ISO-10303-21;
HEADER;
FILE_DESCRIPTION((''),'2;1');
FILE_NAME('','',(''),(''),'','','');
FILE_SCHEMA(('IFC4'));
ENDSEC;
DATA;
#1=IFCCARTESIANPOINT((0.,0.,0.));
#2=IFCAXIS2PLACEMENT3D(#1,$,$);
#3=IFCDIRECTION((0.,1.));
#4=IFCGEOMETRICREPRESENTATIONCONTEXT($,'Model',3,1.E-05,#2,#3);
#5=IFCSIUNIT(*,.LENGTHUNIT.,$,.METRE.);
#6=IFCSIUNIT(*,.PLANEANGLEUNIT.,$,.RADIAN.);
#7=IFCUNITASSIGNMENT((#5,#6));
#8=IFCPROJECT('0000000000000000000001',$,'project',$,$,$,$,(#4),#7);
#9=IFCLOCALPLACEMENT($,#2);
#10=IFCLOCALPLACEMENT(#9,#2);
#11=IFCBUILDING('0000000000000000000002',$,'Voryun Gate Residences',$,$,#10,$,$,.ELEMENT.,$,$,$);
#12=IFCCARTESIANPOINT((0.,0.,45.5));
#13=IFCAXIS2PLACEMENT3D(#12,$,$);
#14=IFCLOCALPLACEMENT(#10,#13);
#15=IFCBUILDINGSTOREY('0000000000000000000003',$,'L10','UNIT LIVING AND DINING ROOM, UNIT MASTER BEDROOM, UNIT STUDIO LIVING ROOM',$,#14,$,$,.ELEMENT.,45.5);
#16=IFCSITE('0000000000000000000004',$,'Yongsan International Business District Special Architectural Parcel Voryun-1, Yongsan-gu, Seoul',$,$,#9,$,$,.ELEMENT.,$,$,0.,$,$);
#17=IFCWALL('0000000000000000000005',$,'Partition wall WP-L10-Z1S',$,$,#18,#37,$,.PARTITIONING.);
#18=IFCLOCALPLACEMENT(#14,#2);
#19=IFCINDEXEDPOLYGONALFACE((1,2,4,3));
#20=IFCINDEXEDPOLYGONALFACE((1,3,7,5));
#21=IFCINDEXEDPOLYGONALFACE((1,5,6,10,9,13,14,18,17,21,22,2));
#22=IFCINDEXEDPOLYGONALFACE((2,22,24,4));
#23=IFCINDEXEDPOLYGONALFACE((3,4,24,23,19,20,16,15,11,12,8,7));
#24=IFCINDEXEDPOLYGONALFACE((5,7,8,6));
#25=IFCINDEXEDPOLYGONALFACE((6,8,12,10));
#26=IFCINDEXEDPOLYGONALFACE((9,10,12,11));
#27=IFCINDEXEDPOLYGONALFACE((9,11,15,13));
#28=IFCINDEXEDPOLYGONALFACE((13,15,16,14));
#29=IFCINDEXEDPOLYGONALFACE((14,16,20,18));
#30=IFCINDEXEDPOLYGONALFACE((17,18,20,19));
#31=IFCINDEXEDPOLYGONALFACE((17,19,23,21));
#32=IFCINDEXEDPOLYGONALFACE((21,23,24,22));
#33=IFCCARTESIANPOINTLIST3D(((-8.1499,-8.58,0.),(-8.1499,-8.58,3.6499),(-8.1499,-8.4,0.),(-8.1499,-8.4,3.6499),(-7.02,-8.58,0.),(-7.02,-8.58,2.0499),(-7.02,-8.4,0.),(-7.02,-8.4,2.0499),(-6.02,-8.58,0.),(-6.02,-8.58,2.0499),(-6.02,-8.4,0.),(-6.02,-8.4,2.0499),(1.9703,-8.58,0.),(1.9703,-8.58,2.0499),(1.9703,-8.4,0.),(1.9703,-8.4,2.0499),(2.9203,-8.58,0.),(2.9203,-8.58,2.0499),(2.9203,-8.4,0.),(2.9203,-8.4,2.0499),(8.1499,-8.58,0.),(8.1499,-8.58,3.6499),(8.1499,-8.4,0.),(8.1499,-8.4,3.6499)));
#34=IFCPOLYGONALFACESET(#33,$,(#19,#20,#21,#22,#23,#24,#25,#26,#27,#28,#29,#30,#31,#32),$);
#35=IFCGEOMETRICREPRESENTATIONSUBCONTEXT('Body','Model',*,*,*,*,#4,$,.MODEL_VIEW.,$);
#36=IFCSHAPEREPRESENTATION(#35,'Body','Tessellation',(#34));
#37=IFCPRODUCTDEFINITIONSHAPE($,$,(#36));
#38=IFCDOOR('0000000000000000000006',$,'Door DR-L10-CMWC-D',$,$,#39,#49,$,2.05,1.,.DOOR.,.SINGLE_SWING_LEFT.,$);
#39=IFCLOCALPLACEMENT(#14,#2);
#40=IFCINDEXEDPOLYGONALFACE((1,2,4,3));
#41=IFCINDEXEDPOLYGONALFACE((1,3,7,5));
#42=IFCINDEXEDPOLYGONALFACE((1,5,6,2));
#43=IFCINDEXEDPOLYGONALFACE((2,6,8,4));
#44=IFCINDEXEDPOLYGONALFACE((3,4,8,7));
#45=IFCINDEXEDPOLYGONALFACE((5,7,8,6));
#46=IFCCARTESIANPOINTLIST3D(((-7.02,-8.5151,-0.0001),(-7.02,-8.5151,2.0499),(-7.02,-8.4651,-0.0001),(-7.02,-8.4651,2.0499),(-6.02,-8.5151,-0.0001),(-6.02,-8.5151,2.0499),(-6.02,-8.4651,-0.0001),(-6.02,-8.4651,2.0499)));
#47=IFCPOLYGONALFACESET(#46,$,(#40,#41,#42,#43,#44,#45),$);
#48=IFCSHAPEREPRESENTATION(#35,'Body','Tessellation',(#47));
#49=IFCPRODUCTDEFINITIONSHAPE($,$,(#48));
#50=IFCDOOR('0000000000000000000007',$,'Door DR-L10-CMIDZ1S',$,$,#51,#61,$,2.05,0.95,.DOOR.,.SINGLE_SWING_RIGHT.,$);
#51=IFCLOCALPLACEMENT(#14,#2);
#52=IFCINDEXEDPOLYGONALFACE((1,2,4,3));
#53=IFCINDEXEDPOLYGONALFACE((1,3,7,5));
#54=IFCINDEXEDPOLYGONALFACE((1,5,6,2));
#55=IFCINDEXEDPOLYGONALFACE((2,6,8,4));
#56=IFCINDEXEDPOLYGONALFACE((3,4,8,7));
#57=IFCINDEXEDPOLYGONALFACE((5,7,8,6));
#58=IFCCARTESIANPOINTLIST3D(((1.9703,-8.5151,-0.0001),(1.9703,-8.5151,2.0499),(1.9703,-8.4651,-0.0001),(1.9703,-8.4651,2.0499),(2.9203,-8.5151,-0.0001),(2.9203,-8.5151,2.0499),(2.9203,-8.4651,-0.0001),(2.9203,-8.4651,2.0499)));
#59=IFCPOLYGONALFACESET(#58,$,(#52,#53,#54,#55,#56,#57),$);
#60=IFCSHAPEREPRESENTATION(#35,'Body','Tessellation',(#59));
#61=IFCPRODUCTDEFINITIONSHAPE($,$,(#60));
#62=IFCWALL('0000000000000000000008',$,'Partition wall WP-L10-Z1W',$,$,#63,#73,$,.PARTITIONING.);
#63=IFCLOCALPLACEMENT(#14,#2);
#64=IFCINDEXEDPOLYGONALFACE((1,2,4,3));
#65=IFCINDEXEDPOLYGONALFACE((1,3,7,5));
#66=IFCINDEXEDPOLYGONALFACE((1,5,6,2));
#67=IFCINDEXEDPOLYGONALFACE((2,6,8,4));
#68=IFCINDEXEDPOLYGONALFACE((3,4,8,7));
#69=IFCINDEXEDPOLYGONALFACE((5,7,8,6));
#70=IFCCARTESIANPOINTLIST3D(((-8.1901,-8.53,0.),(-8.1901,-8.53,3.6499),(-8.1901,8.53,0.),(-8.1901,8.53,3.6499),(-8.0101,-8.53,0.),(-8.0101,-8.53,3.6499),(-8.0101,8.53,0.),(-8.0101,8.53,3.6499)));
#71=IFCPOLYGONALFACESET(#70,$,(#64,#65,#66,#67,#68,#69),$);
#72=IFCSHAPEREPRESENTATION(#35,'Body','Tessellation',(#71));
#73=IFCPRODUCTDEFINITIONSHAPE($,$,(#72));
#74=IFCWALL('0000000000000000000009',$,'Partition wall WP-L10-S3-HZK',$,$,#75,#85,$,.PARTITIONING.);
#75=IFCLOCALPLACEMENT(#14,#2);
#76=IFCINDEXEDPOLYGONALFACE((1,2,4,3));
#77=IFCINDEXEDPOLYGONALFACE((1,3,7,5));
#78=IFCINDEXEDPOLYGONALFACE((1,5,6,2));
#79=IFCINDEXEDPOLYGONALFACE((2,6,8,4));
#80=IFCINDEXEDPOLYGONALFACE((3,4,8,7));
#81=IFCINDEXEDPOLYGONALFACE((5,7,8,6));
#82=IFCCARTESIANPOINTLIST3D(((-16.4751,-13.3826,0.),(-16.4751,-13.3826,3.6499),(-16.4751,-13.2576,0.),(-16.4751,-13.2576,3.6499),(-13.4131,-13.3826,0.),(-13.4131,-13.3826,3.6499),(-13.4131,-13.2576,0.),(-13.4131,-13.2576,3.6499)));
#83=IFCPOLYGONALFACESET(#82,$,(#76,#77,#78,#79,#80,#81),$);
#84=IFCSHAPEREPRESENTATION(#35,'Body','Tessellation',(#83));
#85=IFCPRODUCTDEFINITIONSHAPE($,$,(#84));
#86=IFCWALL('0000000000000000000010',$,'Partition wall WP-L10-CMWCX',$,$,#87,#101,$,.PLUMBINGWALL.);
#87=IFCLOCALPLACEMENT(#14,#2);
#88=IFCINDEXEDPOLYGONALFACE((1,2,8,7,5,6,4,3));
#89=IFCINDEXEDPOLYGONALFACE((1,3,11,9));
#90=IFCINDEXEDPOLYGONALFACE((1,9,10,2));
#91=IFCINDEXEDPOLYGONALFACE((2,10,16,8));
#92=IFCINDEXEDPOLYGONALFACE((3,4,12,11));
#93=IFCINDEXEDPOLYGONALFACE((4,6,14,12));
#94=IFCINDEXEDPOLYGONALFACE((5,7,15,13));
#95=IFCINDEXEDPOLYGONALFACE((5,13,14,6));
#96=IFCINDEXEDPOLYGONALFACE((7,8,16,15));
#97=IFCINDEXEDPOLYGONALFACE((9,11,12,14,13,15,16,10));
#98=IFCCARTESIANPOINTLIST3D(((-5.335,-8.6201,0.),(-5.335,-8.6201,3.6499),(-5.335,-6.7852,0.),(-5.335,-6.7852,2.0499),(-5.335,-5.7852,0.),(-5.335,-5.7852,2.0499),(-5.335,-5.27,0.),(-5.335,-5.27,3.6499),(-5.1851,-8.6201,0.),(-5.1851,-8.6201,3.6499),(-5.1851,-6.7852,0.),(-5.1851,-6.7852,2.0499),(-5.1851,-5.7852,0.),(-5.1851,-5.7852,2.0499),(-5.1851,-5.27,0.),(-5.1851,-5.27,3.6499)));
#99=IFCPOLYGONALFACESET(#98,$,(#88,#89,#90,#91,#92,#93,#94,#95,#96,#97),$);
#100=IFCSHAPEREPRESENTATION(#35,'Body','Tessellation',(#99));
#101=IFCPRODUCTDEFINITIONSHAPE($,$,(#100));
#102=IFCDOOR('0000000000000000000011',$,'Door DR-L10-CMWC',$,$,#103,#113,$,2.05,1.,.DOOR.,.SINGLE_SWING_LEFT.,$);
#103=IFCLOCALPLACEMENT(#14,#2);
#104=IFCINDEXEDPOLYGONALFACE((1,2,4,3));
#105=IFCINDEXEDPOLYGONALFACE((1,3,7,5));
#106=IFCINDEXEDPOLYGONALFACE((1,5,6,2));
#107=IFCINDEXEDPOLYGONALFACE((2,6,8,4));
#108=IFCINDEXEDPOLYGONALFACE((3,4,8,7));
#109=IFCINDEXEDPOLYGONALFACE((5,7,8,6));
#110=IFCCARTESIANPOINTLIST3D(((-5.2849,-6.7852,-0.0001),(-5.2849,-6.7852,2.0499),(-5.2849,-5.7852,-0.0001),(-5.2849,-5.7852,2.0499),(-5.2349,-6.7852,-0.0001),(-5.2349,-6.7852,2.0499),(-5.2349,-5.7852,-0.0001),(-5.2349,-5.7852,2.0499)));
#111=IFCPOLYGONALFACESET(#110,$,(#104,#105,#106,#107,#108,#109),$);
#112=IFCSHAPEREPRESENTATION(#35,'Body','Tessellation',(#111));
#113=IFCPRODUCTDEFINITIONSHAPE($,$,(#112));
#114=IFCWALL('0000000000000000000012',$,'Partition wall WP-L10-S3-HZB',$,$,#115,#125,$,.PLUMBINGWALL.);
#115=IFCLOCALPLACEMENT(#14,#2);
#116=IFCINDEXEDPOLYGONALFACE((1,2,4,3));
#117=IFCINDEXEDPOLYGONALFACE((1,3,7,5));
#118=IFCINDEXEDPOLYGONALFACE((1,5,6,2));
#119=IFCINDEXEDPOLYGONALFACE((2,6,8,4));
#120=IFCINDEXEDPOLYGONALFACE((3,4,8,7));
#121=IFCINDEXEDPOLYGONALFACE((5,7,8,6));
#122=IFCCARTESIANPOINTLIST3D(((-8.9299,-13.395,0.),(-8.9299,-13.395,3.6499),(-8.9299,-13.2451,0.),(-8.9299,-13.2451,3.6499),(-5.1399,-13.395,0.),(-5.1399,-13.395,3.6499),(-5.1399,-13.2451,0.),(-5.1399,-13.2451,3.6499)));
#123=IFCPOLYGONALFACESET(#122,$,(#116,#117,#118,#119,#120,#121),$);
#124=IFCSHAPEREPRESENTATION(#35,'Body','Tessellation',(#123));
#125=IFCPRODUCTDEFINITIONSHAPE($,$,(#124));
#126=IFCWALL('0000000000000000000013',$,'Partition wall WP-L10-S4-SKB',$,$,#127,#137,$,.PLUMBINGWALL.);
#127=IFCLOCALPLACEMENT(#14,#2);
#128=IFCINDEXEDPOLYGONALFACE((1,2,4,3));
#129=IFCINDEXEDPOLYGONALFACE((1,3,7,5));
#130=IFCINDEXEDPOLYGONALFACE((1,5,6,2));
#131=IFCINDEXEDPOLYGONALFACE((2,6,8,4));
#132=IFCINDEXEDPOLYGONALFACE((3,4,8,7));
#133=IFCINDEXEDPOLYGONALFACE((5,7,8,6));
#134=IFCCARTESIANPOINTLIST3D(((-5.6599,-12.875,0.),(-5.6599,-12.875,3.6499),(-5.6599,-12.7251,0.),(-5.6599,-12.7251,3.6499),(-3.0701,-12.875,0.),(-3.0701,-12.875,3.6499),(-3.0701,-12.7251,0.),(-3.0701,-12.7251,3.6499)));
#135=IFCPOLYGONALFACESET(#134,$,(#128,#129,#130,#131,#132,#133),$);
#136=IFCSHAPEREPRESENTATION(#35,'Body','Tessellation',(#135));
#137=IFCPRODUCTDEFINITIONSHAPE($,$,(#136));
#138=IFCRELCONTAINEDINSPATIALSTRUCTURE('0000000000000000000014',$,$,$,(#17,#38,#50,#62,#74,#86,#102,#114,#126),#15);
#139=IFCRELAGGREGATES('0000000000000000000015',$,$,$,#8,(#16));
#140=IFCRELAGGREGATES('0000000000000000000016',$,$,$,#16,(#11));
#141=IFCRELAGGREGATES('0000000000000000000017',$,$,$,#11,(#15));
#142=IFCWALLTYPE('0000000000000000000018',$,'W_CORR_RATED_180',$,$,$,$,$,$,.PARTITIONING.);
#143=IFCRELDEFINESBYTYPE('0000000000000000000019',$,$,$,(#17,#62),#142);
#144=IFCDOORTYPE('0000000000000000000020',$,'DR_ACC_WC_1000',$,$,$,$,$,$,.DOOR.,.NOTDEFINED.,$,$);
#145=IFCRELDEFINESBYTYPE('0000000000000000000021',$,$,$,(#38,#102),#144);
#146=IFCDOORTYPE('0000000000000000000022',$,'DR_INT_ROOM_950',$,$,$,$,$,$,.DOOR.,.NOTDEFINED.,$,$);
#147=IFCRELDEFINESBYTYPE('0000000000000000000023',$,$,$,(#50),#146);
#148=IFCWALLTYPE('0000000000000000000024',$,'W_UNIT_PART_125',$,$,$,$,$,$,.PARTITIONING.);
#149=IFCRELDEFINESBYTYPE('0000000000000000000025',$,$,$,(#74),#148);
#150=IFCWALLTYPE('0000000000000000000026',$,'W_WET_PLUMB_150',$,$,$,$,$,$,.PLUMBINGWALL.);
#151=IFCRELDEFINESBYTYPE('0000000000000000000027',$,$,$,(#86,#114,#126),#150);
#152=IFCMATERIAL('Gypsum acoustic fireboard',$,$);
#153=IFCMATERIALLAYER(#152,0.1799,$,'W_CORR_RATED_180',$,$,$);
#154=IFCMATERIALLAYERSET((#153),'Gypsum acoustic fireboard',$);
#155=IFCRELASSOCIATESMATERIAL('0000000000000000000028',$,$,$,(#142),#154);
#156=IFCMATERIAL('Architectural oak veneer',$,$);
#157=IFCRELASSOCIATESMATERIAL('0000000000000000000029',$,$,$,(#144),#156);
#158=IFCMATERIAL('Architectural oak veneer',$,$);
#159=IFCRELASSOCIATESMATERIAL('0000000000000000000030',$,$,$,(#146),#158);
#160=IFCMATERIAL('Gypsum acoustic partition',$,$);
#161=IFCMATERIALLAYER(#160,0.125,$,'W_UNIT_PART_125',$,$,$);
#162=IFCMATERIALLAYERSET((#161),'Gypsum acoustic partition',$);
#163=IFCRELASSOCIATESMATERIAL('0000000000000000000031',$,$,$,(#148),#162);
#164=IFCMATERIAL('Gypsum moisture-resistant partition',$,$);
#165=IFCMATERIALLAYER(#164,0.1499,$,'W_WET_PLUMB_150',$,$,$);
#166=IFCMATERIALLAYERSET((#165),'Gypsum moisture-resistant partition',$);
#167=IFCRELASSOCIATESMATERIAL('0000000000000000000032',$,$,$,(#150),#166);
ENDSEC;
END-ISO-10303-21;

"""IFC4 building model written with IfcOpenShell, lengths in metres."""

from ifc_helpers import new_model, si_unit, direction, frame, frame_2d, origin, place, context, subcontext, project, spatial, rectangle, extrude, material, layer, layer_set, type_object, element, fill, save


model = new_model("IFC4")

# Units and contexts
model_context = context("Model", 3, precision=1e-05, world=origin(), true_north=direction((0.0, 1.0)))
body_context = subcontext(model_context, "Body", "Model", "MODEL_VIEW")
ifc_project = project(units=[si_unit("LENGTHUNIT", "METRE"), si_unit("PLANEANGLEUNIT", "RADIAN")], contexts=[model_context])

# Site, building, storey
site_placement = place(None, origin())
site = spatial("IfcSite", under=ifc_project, at=site_placement, Name="Yongsan International Business District Special Architectural Parcel Voryun-1, Yongsan-gu, Seoul", CompositionType="ELEMENT", RefElevation=0.0)
building_placement = place(site_placement, origin())
building = spatial("IfcBuilding", under=site, at=building_placement, Name="Voryun Gate Residences", CompositionType="ELEMENT")
storey_placement = place(building_placement, frame((0.0, 0.0, 45.5)))
storey = spatial("IfcBuildingStorey", under=building, at=storey_placement, Name="L10", Description="UNIT LIVING AND DINING ROOM, UNIT MASTER BEDROOM, UNIT STUDIO LIVING ROOM", CompositionType="ELEMENT", Elevation=45.5)

# Shared definitions
ifc_material_1 = material(Name="Gypsum acoustic fireboard")
ifc_layer_1 = layer(ifc_material_1, 0.1799, Name="W_CORR_RATED_180")
ifc_layer_set_1 = layer_set([ifc_layer_1], Name="Gypsum acoustic fireboard")
wall_type_1 = type_object("IfcWallType", Name="W_CORR_RATED_180", PredefinedType="PARTITIONING", material=ifc_layer_set_1)

# Wall, openings, doors
wall_1_placement = place(storey_placement, frame((-8.1499, -8.49, 0.0), z_axis=(0.0, 0.0, 1.0), x_axis=(1.0, 0.0, 0.0)))
wall_1 = element("IfcWall", 1, at=wall_1_placement, inside=storey, type_object=wall_type_1, Name="Partition wall WP-L10-Z1S", PredefinedType="PARTITIONING", context=body_context, shape_type="SweptSolid", body=[
    extrude(rectangle(XDim=16.2998, YDim=0.1799, at=frame_2d((8.1499, 0.0))), origin(), (0.0, 0.0, 1.0), 3.6499),
])
opening_1_placement = place(wall_1_placement, frame((1.1299, 0.0, 0.0)))
opening_1 = element("IfcOpeningElement", 2, at=opening_1_placement, cuts=wall_1, PredefinedType="OPENING", context=body_context, shape_type="SweptSolid", body=[
    extrude(rectangle(XDim=1.0, YDim=2.05, at=frame_2d((0.5, 1.0249))), frame((0.0, 0.0999, 0.0), z_axis=(0.0, -1.0, 0.0), x_axis=(1.0, 0.0, 0.0)), (0.0, 0.0, 1.0), 0.2),
])
opening_2_placement = place(wall_1_placement, frame((10.1201, 0.0, 0.0)))
opening_2 = element("IfcOpeningElement", 3, at=opening_2_placement, cuts=wall_1, PredefinedType="OPENING", context=body_context, shape_type="SweptSolid", body=[
    extrude(rectangle(XDim=0.95, YDim=2.05, at=frame_2d((0.4751, 1.0249))), frame((0.0, 0.0999, 0.0), z_axis=(0.0, -1.0, 0.0), x_axis=(1.0, 0.0, 0.0)), (0.0, 0.0, 1.0), 0.2),
])
ifc_material_2 = material(Name="Architectural oak veneer")
door_type_1 = type_object("IfcDoorType", Name="DR_ACC_WC_1000", OperationType="NOTDEFINED", PredefinedType="DOOR", material=ifc_material_2)
door_1_placement = place(opening_1_placement, origin())
door_1 = element("IfcDoor", 4, at=door_1_placement, inside=storey, type_object=door_type_1, Name="Door DR-L10-CMWC-D", OperationType="SINGLE_SWING_LEFT", OverallHeight=2.05, OverallWidth=1.0, PredefinedType="DOOR", context=body_context, shape_type="SweptSolid", body=[
    extrude(rectangle(XDim=1.0, YDim=2.05, at=frame_2d((0.5, 1.0249))), frame((0.0, 0.0249, 0.0), z_axis=(0.0, -1.0, 0.0), x_axis=(1.0, 0.0, 0.0)), (0.0, 0.0, 1.0), 0.05),
])
fill(opening_1, door_1)
ifc_material_3 = material(Name="Architectural oak veneer")
door_type_2 = type_object("IfcDoorType", Name="DR_INT_ROOM_950", OperationType="NOTDEFINED", PredefinedType="DOOR", material=ifc_material_3)
door_2_placement = place(opening_2_placement, origin())
door_2 = element("IfcDoor", 5, at=door_2_placement, inside=storey, type_object=door_type_2, Name="Door DR-L10-CMIDZ1S", OperationType="SINGLE_SWING_RIGHT", OverallHeight=2.05, OverallWidth=0.95, PredefinedType="DOOR", context=body_context, shape_type="SweptSolid", body=[
    extrude(rectangle(XDim=0.95, YDim=2.05, at=frame_2d((0.4751, 1.0249))), frame((0.0, 0.0249, 0.0), z_axis=(0.0, -1.0, 0.0), x_axis=(1.0, 0.0, 0.0)), (0.0, 0.0, 1.0), 0.05),
])
fill(opening_2, door_2)

# Walls
wall_2_placement = place(storey_placement, frame((-8.1001, -8.53, 0.0), z_axis=(0.0, 0.0, 1.0), x_axis=(0.0, 1.0, 0.0)))
element("IfcWall", 6, at=wall_2_placement, inside=storey, type_object=wall_type_1, Name="Partition wall WP-L10-Z1W", PredefinedType="PARTITIONING", context=body_context, shape_type="SweptSolid", body=[
    extrude(rectangle(XDim=17.0601, YDim=0.1799, at=frame_2d((8.53, 0.0))), origin(), (0.0, 0.0, 1.0), 3.6499),
])
ifc_material_4 = material(Name="Gypsum acoustic partition")
ifc_layer_2 = layer(ifc_material_4, 0.125, Name="W_UNIT_PART_125")
ifc_layer_set_2 = layer_set([ifc_layer_2], Name="Gypsum acoustic partition")
wall_type_2 = type_object("IfcWallType", Name="W_UNIT_PART_125", PredefinedType="PARTITIONING", material=ifc_layer_set_2)
wall_3_placement = place(storey_placement, frame((-16.4751, -13.3201, 0.0), z_axis=(0.0, 0.0, 1.0), x_axis=(1.0, 0.0, 0.0)))
element("IfcWall", 7, at=wall_3_placement, inside=storey, type_object=wall_type_2, Name="Partition wall WP-L10-S3-HZK", PredefinedType="PARTITIONING", context=body_context, shape_type="SweptSolid", body=[
    extrude(rectangle(XDim=3.062, YDim=0.125, at=frame_2d((1.531, 0.0))), origin(), (0.0, 0.0, 1.0), 3.6499),
])

# Wall, opening, door
ifc_material_5 = material(Name="Gypsum moisture-resistant partition")
ifc_layer_3 = layer(ifc_material_5, 0.1499, Name="W_WET_PLUMB_150")
ifc_layer_set_3 = layer_set([ifc_layer_3], Name="Gypsum moisture-resistant partition")
wall_type_3 = type_object("IfcWallType", Name="W_WET_PLUMB_150", PredefinedType="PLUMBINGWALL", material=ifc_layer_set_3)
wall_4_placement = place(storey_placement, frame((-5.26, -8.6201, 0.0), z_axis=(0.0, 0.0, 1.0), x_axis=(0.0, 1.0, 0.0)))
wall_4 = element("IfcWall", 8, at=wall_4_placement, inside=storey, type_object=wall_type_3, Name="Partition wall WP-L10-CMWCX", PredefinedType="PLUMBINGWALL", context=body_context, shape_type="SweptSolid", body=[
    extrude(rectangle(XDim=3.3501, YDim=0.1499, at=frame_2d((1.675, 0.0))), origin(), (0.0, 0.0, 1.0), 3.6499),
])
opening_3_placement = place(wall_4_placement, frame((1.835, 0.0, 0.0)))
opening_3 = element("IfcOpeningElement", 9, at=opening_3_placement, cuts=wall_4, PredefinedType="OPENING", context=body_context, shape_type="SweptSolid", body=[
    extrude(rectangle(XDim=1.0, YDim=2.05, at=frame_2d((0.5, 1.0249))), frame((0.0, 0.085, 0.0), z_axis=(0.0, -1.0, 0.0), x_axis=(1.0, 0.0, 0.0)), (0.0, 0.0, 1.0), 0.1699),
])
door_3_placement = place(opening_3_placement, origin())
door_3 = element("IfcDoor", 10, at=door_3_placement, inside=storey, type_object=door_type_1, Name="Door DR-L10-CMWC", OperationType="SINGLE_SWING_LEFT", OverallHeight=2.05, OverallWidth=1.0, PredefinedType="DOOR", context=body_context, shape_type="SweptSolid", body=[
    extrude(rectangle(XDim=1.0, YDim=2.05, at=frame_2d((0.5, 1.0249))), frame((0.0, 0.0249, 0.0), z_axis=(0.0, -1.0, 0.0), x_axis=(1.0, 0.0, 0.0)), (0.0, 0.0, 1.0), 0.05),
])
fill(opening_3, door_3)

# Walls
wall_5_placement = place(storey_placement, frame((-8.9299, -13.3201, 0.0), z_axis=(0.0, 0.0, 1.0), x_axis=(1.0, 0.0, 0.0)))
element("IfcWall", 11, at=wall_5_placement, inside=storey, type_object=wall_type_3, Name="Partition wall WP-L10-S3-HZB", PredefinedType="PLUMBINGWALL", context=body_context, shape_type="SweptSolid", body=[
    extrude(rectangle(XDim=3.79, YDim=0.1499, at=frame_2d((1.895, 0.0))), origin(), (0.0, 0.0, 1.0), 3.6499),
])
wall_6_placement = place(storey_placement, frame((-5.6599, -12.8, 0.0), z_axis=(0.0, 0.0, 1.0), x_axis=(1.0, 0.0, 0.0)))
element("IfcWall", 12, at=wall_6_placement, inside=storey, type_object=wall_type_3, Name="Partition wall WP-L10-S4-SKB", PredefinedType="PLUMBINGWALL", context=body_context, shape_type="SweptSolid", body=[
    extrude(rectangle(XDim=2.5898, YDim=0.1499, at=frame_2d((1.2949, 0.0))), origin(), (0.0, 0.0, 1.0), 3.6499),
])

save(model, "model.ifc")
